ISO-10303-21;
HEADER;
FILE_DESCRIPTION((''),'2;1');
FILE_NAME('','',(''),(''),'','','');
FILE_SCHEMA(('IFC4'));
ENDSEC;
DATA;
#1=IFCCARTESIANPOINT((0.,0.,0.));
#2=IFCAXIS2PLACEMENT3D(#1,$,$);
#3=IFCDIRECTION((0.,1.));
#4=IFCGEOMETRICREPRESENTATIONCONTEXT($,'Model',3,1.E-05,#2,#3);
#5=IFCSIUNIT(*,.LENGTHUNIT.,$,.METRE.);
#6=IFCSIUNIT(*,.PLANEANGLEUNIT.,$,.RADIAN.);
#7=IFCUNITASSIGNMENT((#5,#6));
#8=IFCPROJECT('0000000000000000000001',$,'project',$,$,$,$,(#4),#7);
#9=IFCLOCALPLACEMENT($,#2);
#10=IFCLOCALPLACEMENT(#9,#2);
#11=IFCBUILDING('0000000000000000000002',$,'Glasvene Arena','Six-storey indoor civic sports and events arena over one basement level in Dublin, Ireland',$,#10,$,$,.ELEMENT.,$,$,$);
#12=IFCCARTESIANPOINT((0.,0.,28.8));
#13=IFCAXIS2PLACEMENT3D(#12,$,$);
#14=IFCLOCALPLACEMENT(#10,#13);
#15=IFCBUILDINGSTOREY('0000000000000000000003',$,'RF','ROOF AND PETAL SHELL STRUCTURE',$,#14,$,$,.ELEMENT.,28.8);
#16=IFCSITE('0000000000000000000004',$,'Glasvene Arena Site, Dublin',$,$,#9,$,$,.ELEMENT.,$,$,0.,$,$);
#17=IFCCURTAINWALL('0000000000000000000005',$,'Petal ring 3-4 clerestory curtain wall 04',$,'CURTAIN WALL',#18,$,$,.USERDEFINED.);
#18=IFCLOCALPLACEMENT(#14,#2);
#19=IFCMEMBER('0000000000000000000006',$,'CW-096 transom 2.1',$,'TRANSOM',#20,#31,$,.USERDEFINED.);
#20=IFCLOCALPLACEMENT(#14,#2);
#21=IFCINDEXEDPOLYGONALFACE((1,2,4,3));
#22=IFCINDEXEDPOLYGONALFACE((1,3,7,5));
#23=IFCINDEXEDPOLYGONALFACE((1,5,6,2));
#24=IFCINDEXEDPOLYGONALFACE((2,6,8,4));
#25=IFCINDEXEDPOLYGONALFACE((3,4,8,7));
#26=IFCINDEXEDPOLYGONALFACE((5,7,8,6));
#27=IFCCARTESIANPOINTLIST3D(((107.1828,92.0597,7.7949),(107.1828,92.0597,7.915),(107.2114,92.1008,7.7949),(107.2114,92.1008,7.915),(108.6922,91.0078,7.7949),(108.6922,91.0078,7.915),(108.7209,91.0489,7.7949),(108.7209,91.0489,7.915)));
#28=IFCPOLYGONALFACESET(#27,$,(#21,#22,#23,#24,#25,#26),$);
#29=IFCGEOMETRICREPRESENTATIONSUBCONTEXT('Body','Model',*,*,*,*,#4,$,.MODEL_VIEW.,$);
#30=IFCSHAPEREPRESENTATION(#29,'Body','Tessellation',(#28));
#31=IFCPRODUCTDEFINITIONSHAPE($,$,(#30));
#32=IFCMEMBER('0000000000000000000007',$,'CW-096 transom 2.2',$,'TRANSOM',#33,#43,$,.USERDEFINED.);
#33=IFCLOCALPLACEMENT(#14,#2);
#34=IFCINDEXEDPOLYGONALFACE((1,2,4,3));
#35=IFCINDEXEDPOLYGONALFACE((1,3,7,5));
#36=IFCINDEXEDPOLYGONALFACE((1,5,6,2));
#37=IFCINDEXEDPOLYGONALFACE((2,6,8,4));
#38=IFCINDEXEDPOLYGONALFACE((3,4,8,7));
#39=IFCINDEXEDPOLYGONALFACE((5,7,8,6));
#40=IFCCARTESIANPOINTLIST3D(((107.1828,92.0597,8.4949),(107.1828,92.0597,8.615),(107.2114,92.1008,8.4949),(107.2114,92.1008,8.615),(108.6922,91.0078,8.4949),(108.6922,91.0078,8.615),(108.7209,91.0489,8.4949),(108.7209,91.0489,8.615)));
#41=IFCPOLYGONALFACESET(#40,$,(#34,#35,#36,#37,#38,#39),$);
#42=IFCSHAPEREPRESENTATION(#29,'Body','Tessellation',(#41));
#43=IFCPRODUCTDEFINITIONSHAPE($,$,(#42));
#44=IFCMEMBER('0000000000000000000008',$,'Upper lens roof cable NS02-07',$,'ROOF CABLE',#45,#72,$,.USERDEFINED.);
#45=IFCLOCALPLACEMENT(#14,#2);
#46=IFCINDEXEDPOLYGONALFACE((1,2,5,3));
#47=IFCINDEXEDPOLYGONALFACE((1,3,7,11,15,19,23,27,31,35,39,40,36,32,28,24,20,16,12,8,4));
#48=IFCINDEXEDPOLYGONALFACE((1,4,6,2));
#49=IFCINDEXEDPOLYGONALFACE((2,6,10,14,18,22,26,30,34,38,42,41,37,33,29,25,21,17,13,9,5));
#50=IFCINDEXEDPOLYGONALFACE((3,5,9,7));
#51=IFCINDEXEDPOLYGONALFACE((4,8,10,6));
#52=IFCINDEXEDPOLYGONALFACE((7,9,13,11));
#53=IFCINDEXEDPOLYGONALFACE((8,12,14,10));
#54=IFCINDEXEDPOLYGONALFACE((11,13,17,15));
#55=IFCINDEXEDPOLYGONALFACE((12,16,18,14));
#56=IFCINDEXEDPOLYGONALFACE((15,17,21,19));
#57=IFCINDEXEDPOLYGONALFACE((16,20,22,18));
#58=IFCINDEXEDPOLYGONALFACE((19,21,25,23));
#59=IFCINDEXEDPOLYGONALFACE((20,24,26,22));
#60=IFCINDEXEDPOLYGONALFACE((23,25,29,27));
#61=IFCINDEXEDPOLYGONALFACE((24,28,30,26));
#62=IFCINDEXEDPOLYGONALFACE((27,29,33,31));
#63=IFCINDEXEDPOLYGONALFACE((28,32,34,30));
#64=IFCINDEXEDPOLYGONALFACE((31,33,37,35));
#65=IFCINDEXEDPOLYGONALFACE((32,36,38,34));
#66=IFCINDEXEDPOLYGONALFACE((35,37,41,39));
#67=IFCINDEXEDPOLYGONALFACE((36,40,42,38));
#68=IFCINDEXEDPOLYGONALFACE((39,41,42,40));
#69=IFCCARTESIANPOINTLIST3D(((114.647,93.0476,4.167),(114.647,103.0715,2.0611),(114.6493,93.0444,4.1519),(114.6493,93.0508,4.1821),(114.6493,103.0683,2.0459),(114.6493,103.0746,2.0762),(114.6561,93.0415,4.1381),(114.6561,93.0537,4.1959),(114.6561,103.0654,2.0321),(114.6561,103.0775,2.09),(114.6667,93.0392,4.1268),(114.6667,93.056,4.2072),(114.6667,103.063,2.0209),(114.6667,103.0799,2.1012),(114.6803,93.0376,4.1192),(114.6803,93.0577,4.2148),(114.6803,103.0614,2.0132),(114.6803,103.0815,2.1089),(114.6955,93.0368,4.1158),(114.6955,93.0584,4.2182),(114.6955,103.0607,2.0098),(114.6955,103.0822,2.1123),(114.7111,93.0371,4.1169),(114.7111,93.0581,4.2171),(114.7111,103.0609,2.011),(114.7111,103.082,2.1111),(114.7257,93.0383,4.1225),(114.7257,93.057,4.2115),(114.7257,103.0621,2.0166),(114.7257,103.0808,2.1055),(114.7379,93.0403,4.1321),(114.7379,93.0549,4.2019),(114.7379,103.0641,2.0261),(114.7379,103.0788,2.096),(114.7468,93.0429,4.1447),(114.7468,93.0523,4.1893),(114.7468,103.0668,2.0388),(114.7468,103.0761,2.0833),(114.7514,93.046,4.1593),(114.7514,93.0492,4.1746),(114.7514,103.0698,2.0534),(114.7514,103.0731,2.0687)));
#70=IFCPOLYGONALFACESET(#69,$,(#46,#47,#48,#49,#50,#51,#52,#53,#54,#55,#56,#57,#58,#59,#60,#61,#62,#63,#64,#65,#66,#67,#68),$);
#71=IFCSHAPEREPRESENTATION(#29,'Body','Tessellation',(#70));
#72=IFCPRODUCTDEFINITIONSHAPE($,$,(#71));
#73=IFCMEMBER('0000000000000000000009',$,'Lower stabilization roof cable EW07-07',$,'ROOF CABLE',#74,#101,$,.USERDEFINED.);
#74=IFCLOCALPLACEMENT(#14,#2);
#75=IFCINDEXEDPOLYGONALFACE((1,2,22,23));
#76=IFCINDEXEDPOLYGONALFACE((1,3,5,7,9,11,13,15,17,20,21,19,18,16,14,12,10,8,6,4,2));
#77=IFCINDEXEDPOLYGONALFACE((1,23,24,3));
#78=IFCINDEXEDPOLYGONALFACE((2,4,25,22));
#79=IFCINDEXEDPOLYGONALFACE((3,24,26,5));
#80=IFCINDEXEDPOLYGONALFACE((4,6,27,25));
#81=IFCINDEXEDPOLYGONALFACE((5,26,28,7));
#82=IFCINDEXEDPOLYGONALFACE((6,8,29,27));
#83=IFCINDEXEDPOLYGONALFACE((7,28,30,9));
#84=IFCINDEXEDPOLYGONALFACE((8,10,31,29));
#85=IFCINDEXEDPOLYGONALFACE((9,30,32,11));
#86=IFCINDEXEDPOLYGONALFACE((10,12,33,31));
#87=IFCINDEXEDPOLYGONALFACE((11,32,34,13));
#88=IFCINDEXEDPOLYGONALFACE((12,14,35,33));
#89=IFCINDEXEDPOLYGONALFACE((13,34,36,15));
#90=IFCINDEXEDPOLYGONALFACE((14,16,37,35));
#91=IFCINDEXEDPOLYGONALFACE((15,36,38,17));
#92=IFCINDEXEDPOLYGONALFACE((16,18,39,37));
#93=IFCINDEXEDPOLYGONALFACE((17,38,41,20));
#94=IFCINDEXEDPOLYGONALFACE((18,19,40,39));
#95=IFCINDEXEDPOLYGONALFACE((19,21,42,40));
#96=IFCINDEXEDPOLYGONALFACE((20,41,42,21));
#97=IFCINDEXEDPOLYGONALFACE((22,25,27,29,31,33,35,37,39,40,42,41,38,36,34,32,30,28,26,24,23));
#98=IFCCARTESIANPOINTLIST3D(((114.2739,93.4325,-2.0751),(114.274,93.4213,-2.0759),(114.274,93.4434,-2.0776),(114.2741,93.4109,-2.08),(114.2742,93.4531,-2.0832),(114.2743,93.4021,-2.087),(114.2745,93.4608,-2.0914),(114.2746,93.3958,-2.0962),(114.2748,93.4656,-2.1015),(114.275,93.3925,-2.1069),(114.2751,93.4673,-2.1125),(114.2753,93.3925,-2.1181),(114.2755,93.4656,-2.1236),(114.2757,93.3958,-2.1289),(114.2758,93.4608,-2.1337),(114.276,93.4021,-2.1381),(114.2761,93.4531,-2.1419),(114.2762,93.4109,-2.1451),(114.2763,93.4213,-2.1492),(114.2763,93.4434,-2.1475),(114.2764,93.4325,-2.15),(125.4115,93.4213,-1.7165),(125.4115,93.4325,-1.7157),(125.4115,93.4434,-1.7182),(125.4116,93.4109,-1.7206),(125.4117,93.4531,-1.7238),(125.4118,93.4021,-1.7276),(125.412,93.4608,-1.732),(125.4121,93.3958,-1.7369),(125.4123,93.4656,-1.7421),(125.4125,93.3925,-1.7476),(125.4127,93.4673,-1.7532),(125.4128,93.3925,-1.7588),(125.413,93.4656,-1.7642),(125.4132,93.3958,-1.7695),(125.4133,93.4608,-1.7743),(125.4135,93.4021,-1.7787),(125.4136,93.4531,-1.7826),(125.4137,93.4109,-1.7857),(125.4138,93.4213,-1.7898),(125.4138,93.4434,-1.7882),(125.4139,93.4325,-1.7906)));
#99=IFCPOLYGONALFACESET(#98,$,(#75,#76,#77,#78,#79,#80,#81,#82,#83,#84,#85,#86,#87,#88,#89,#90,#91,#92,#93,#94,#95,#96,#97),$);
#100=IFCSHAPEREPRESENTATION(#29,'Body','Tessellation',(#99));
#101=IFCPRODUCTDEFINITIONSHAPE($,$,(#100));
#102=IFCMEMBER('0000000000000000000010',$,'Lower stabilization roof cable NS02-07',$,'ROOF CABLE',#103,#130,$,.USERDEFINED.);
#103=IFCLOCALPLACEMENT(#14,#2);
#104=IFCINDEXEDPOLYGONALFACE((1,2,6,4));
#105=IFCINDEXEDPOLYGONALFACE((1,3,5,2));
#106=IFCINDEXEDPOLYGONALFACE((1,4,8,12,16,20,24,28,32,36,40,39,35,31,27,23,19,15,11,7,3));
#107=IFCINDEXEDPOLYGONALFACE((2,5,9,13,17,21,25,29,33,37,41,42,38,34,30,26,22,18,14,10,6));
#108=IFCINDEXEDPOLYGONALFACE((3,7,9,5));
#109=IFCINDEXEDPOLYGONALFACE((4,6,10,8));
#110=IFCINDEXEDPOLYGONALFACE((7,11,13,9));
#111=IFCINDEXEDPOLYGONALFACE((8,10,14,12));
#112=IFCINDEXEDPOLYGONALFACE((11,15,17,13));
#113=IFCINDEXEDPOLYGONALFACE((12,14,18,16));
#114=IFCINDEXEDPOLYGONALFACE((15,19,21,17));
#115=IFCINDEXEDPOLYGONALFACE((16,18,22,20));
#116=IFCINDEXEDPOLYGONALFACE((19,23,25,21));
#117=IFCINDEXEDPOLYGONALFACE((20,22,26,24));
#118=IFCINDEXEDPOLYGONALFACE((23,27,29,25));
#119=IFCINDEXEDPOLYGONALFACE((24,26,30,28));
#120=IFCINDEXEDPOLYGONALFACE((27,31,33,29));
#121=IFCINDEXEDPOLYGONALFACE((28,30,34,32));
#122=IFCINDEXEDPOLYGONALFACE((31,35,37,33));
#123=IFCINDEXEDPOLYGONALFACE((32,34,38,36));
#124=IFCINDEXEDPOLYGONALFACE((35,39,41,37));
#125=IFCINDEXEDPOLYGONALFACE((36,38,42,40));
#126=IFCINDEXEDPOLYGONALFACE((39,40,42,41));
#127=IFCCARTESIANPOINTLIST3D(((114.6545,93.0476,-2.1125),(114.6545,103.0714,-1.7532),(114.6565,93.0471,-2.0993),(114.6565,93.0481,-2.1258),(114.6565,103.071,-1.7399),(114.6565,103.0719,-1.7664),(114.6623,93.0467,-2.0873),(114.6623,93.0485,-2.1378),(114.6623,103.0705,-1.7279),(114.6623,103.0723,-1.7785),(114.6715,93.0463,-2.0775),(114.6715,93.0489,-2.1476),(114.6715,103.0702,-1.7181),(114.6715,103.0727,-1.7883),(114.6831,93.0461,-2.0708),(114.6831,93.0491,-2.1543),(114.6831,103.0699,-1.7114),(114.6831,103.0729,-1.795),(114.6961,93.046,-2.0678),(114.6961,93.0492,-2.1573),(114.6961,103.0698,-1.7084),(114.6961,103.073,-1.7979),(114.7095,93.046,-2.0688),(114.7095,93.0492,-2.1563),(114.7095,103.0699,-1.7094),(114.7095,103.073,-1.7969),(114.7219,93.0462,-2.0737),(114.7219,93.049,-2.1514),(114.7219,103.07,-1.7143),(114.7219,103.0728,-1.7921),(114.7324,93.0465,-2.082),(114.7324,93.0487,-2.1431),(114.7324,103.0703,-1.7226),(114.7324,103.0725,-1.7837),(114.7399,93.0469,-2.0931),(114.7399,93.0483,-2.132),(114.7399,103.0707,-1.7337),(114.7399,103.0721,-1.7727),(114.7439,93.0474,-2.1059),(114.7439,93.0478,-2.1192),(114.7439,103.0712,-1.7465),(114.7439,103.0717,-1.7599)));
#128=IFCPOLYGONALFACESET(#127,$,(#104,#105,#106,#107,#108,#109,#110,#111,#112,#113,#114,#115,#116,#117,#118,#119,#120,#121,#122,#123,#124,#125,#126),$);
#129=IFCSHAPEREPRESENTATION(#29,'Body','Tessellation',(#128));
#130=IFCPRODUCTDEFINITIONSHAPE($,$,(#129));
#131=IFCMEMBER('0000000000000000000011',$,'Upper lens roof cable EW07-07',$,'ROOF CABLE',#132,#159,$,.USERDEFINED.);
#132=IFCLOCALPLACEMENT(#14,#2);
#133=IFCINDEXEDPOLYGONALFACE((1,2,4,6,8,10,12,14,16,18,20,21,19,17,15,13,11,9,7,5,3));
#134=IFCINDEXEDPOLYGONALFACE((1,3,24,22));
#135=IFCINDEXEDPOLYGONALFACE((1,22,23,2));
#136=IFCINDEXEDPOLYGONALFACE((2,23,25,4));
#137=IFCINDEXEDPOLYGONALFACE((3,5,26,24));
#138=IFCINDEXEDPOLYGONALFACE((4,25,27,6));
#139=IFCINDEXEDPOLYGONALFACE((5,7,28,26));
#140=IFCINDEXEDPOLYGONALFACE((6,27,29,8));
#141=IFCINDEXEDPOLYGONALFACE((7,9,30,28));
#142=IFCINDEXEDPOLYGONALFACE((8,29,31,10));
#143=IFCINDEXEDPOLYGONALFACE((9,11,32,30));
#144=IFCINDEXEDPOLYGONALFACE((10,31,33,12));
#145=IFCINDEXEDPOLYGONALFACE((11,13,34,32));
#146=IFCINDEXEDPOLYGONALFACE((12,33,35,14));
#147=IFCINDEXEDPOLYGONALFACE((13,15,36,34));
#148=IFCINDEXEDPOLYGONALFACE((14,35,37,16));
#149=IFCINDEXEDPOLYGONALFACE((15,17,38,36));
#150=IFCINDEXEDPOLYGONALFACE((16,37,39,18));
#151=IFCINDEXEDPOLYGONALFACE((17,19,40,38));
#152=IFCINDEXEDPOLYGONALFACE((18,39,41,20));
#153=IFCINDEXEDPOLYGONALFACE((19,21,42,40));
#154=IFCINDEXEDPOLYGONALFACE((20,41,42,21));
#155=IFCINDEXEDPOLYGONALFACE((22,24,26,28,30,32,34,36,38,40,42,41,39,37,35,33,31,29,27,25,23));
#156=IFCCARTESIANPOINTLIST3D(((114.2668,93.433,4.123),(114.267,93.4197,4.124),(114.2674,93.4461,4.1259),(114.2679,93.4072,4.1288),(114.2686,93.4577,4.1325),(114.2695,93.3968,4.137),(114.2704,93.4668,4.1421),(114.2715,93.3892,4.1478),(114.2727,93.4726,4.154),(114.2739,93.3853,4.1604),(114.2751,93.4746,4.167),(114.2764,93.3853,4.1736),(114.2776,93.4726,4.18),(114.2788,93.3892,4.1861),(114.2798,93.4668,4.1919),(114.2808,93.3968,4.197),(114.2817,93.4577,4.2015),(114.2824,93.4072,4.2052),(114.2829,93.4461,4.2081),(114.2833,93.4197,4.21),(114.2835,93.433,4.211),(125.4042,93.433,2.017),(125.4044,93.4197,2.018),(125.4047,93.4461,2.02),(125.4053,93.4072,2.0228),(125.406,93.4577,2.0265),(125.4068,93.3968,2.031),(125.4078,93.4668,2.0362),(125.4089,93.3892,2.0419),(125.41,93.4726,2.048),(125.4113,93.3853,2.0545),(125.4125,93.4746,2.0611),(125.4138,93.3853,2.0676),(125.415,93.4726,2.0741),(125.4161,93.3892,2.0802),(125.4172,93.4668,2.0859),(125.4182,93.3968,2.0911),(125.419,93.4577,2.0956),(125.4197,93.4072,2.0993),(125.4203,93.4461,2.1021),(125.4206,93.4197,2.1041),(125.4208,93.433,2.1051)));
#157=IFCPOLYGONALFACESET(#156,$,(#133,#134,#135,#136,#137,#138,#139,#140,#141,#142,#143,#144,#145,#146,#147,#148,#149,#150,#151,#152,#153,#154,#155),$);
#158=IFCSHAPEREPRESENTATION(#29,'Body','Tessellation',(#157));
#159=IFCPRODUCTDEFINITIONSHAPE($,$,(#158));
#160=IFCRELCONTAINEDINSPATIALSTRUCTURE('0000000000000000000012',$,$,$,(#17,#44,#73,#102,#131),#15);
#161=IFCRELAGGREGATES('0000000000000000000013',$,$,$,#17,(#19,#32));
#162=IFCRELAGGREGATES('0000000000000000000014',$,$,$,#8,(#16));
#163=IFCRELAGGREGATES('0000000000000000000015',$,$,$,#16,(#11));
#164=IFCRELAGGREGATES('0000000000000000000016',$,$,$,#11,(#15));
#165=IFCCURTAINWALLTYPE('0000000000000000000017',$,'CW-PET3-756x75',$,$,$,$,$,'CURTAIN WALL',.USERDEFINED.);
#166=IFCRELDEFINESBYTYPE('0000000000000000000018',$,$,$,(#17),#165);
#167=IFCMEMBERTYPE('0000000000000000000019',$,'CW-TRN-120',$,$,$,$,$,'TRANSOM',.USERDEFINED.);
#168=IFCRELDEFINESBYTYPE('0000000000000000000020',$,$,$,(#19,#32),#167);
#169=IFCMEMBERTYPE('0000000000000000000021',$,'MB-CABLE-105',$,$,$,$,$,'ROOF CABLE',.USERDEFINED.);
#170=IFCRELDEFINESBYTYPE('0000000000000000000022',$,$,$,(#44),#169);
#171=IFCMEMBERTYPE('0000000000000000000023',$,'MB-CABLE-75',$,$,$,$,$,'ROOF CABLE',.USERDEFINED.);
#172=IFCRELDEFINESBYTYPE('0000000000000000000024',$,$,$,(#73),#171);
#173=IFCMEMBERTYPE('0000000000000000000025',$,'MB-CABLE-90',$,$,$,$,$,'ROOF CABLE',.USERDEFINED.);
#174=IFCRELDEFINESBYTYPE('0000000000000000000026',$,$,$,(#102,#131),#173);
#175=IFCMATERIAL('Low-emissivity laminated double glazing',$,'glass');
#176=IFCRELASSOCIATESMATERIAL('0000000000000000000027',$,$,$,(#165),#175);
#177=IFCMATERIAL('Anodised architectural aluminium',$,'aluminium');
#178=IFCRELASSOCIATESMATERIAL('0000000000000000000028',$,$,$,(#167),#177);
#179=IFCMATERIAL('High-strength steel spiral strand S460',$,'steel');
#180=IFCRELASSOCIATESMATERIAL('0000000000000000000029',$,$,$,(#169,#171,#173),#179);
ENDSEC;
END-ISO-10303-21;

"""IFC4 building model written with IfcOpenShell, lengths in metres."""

from ifc_helpers import new_model, si_unit, direction, frame, origin, origin_2d, place, context, subcontext, project, spatial, rectangle, circle, extrude, material, material_profile, profile_set, type_object, element, aggregate, save


model = new_model("IFC4")

# Units and contexts
model_context = context("Model", 3, precision=1e-05, world=origin(), true_north=direction((0.0, 1.0)))
body_context = subcontext(model_context, "Body", "Model", "MODEL_VIEW")
ifc_project = project(units=[si_unit("LENGTHUNIT", "METRE"), si_unit("PLANEANGLEUNIT", "RADIAN")], contexts=[model_context])

# Site, building, storey
site_placement = place(None, origin())
site = spatial("IfcSite", under=ifc_project, at=site_placement, Name="Glasvene Arena Site, Dublin", CompositionType="ELEMENT", RefElevation=0.0)
building_placement = place(site_placement, origin())
building = spatial("IfcBuilding", under=site, at=building_placement, Name="Glasvene Arena", Description="Six-storey indoor civic sports and events arena over one basement level in Dublin, Ireland", CompositionType="ELEMENT")
storey_placement = place(building_placement, frame((0.0, 0.0, 28.8)))
storey = spatial("IfcBuildingStorey", under=building, at=storey_placement, Name="RF", Description="ROOF AND PETAL SHELL STRUCTURE", CompositionType="ELEMENT", Elevation=28.8)

# Shared definitions
ifc_material_1 = material(Name="Low-emissivity laminated double glazing", Category="glass")
ifc_material_2 = material(Name="Anodised architectural aluminium", Category="aluminium")

# Curtain wall
curtain_wall_type_1 = type_object("IfcCurtainWallType", Name="CW-PET3-756x75", ElementType="CURTAIN WALL", PredefinedType="USERDEFINED", material=ifc_material_1)
curtain_wall_1_placement = place(storey_placement, frame((110.2778, 89.9333, 0.0)))
curtain_wall_1 = element("IfcCurtainWall", 1, at=curtain_wall_1_placement, inside=storey, type_object=curtain_wall_type_1, Name="Petal ring 3-4 clerestory curtain wall 04", ObjectType="CURTAIN WALL", PredefinedType="USERDEFINED")

# Members
ifc_material_profile_1 = material_profile(ifc_material_2, rectangle(XDim=0.05, YDim=0.1201, at=origin_2d()), Name="ALU TRANSOM 50x120")
ifc_profile_set_1 = profile_set([ifc_material_profile_1], Name="Anodised architectural aluminium")
member_type_1 = type_object("IfcMemberType", Name="CW-TRN-120", ElementType="TRANSOM", PredefinedType="USERDEFINED", material=ifc_profile_set_1)
member_1_placement = place(storey_placement, frame((108.7065, 91.0283, 7.855), z_axis=(-0.820421, 0.57176, 0.0), x_axis=(-0.57176, -0.820421, 0.0)))
member_1 = element("IfcMember", 2, at=member_1_placement, type_object=member_type_1, Name="CW-096 transom 2.1", ObjectType="TRANSOM", PredefinedType="USERDEFINED", context=body_context, shape_type="SweptSolid", body=[
    extrude(rectangle(XDim=0.05, YDim=0.1201, at=origin_2d()), origin(), (0.0, 0.0, 1.0), 1.8398),
])
member_2_placement = place(storey_placement, frame((108.7065, 91.0283, 8.5549), z_axis=(-0.820421, 0.57176, 0.0), x_axis=(-0.57176, -0.820421, 0.0)))
member_2 = element("IfcMember", 3, at=member_2_placement, type_object=member_type_1, Name="CW-096 transom 2.2", ObjectType="TRANSOM", PredefinedType="USERDEFINED", context=body_context, shape_type="SweptSolid", body=[
    extrude(rectangle(XDim=0.05, YDim=0.1201, at=origin_2d()), origin(), (0.0, 0.0, 1.0), 1.8398),
])

# Members
ifc_material_3 = material(Name="High-strength steel spiral strand S460", Category="steel")
ifc_material_profile_2 = material_profile(ifc_material_3, circle(Radius=0.0525, at=origin_2d()), Name="LCSS D105")
ifc_profile_set_2 = profile_set([ifc_material_profile_2], Name="High-strength steel spiral strand S460")
member_type_2 = type_object("IfcMemberType", Name="MB-CABLE-105", ElementType="ROOF CABLE", PredefinedType="USERDEFINED", material=ifc_profile_set_2)
member_3_placement = place(storey_placement, frame((114.6995, 93.0476, 4.167), z_axis=(0.0, 0.978635, -0.205604), x_axis=(-1.0, 0.0, 0.0)))
element("IfcMember", 4, at=member_3_placement, inside=storey, type_object=member_type_2, Name="Upper lens roof cable NS02-07", ObjectType="ROOF CABLE", PredefinedType="USERDEFINED", context=body_context, shape_type="SweptSolid", body=[
    extrude(circle(Radius=0.0525, at=origin_2d()), origin(), (0.0, 0.0, 1.0), 10.2427),
])
ifc_material_profile_3 = material_profile(ifc_material_3, circle(Radius=0.0376, at=origin_2d()), Name="LCSS D75")
ifc_profile_set_3 = profile_set([ifc_material_profile_3], Name="High-strength steel spiral strand S460")
member_type_3 = type_object("IfcMemberType", Name="MB-CABLE-75", ElementType="ROOF CABLE", PredefinedType="USERDEFINED", material=ifc_profile_set_3)
member_4_placement = place(storey_placement, frame((114.2751, 93.4297, -2.1125), z_axis=(0.99948, 0.0, 0.03225), x_axis=(0.0, 1.0, 0.0)))
element("IfcMember", 5, at=member_4_placement, inside=storey, type_object=member_type_3, Name="Lower stabilization roof cable EW07-07", ObjectType="ROOF CABLE", PredefinedType="USERDEFINED", context=body_context, shape_type="SweptSolid", body=[
    extrude(circle(Radius=0.0376, at=origin_2d()), origin(), (0.0, 0.0, 1.0), 11.1433),
])
ifc_material_profile_4 = material_profile(ifc_material_3, circle(Radius=0.0449, at=origin_2d()), Name="LCSS D90")
ifc_profile_set_4 = profile_set([ifc_material_profile_4], Name="High-strength steel spiral strand S460")
member_type_4 = type_object("IfcMemberType", Name="MB-CABLE-90", ElementType="ROOF CABLE", PredefinedType="USERDEFINED", material=ifc_profile_set_4)
member_5_placement = place(storey_placement, frame((114.6995, 93.0476, -2.1125), z_axis=(0.0, 0.999358, 0.035829), x_axis=(-1.0, 0.0, 0.0)))
element("IfcMember", 6, at=member_5_placement, inside=storey, type_object=member_type_4, Name="Lower stabilization roof cable NS02-07", ObjectType="ROOF CABLE", PredefinedType="USERDEFINED", context=body_context, shape_type="SweptSolid", body=[
    extrude(circle(Radius=0.0449, at=origin_2d()), origin(), (0.0, 0.0, 1.0), 10.0303),
])
member_6_placement = place(storey_placement, frame((114.2751, 93.4297, 4.167), z_axis=(0.982588, 0.0, -0.185796), x_axis=(0.0, 1.0, 0.0)))
element("IfcMember", 7, at=member_6_placement, inside=storey, type_object=member_type_4, Name="Upper lens roof cable EW07-07", ObjectType="ROOF CABLE", PredefinedType="USERDEFINED", context=body_context, shape_type="SweptSolid", body=[
    extrude(circle(Radius=0.0449, at=origin_2d()), origin(), (0.0, 0.0, 1.0), 11.3347),
])

aggregate(curtain_wall_1, [member_1, member_2])

save(model, "model.ifc")
